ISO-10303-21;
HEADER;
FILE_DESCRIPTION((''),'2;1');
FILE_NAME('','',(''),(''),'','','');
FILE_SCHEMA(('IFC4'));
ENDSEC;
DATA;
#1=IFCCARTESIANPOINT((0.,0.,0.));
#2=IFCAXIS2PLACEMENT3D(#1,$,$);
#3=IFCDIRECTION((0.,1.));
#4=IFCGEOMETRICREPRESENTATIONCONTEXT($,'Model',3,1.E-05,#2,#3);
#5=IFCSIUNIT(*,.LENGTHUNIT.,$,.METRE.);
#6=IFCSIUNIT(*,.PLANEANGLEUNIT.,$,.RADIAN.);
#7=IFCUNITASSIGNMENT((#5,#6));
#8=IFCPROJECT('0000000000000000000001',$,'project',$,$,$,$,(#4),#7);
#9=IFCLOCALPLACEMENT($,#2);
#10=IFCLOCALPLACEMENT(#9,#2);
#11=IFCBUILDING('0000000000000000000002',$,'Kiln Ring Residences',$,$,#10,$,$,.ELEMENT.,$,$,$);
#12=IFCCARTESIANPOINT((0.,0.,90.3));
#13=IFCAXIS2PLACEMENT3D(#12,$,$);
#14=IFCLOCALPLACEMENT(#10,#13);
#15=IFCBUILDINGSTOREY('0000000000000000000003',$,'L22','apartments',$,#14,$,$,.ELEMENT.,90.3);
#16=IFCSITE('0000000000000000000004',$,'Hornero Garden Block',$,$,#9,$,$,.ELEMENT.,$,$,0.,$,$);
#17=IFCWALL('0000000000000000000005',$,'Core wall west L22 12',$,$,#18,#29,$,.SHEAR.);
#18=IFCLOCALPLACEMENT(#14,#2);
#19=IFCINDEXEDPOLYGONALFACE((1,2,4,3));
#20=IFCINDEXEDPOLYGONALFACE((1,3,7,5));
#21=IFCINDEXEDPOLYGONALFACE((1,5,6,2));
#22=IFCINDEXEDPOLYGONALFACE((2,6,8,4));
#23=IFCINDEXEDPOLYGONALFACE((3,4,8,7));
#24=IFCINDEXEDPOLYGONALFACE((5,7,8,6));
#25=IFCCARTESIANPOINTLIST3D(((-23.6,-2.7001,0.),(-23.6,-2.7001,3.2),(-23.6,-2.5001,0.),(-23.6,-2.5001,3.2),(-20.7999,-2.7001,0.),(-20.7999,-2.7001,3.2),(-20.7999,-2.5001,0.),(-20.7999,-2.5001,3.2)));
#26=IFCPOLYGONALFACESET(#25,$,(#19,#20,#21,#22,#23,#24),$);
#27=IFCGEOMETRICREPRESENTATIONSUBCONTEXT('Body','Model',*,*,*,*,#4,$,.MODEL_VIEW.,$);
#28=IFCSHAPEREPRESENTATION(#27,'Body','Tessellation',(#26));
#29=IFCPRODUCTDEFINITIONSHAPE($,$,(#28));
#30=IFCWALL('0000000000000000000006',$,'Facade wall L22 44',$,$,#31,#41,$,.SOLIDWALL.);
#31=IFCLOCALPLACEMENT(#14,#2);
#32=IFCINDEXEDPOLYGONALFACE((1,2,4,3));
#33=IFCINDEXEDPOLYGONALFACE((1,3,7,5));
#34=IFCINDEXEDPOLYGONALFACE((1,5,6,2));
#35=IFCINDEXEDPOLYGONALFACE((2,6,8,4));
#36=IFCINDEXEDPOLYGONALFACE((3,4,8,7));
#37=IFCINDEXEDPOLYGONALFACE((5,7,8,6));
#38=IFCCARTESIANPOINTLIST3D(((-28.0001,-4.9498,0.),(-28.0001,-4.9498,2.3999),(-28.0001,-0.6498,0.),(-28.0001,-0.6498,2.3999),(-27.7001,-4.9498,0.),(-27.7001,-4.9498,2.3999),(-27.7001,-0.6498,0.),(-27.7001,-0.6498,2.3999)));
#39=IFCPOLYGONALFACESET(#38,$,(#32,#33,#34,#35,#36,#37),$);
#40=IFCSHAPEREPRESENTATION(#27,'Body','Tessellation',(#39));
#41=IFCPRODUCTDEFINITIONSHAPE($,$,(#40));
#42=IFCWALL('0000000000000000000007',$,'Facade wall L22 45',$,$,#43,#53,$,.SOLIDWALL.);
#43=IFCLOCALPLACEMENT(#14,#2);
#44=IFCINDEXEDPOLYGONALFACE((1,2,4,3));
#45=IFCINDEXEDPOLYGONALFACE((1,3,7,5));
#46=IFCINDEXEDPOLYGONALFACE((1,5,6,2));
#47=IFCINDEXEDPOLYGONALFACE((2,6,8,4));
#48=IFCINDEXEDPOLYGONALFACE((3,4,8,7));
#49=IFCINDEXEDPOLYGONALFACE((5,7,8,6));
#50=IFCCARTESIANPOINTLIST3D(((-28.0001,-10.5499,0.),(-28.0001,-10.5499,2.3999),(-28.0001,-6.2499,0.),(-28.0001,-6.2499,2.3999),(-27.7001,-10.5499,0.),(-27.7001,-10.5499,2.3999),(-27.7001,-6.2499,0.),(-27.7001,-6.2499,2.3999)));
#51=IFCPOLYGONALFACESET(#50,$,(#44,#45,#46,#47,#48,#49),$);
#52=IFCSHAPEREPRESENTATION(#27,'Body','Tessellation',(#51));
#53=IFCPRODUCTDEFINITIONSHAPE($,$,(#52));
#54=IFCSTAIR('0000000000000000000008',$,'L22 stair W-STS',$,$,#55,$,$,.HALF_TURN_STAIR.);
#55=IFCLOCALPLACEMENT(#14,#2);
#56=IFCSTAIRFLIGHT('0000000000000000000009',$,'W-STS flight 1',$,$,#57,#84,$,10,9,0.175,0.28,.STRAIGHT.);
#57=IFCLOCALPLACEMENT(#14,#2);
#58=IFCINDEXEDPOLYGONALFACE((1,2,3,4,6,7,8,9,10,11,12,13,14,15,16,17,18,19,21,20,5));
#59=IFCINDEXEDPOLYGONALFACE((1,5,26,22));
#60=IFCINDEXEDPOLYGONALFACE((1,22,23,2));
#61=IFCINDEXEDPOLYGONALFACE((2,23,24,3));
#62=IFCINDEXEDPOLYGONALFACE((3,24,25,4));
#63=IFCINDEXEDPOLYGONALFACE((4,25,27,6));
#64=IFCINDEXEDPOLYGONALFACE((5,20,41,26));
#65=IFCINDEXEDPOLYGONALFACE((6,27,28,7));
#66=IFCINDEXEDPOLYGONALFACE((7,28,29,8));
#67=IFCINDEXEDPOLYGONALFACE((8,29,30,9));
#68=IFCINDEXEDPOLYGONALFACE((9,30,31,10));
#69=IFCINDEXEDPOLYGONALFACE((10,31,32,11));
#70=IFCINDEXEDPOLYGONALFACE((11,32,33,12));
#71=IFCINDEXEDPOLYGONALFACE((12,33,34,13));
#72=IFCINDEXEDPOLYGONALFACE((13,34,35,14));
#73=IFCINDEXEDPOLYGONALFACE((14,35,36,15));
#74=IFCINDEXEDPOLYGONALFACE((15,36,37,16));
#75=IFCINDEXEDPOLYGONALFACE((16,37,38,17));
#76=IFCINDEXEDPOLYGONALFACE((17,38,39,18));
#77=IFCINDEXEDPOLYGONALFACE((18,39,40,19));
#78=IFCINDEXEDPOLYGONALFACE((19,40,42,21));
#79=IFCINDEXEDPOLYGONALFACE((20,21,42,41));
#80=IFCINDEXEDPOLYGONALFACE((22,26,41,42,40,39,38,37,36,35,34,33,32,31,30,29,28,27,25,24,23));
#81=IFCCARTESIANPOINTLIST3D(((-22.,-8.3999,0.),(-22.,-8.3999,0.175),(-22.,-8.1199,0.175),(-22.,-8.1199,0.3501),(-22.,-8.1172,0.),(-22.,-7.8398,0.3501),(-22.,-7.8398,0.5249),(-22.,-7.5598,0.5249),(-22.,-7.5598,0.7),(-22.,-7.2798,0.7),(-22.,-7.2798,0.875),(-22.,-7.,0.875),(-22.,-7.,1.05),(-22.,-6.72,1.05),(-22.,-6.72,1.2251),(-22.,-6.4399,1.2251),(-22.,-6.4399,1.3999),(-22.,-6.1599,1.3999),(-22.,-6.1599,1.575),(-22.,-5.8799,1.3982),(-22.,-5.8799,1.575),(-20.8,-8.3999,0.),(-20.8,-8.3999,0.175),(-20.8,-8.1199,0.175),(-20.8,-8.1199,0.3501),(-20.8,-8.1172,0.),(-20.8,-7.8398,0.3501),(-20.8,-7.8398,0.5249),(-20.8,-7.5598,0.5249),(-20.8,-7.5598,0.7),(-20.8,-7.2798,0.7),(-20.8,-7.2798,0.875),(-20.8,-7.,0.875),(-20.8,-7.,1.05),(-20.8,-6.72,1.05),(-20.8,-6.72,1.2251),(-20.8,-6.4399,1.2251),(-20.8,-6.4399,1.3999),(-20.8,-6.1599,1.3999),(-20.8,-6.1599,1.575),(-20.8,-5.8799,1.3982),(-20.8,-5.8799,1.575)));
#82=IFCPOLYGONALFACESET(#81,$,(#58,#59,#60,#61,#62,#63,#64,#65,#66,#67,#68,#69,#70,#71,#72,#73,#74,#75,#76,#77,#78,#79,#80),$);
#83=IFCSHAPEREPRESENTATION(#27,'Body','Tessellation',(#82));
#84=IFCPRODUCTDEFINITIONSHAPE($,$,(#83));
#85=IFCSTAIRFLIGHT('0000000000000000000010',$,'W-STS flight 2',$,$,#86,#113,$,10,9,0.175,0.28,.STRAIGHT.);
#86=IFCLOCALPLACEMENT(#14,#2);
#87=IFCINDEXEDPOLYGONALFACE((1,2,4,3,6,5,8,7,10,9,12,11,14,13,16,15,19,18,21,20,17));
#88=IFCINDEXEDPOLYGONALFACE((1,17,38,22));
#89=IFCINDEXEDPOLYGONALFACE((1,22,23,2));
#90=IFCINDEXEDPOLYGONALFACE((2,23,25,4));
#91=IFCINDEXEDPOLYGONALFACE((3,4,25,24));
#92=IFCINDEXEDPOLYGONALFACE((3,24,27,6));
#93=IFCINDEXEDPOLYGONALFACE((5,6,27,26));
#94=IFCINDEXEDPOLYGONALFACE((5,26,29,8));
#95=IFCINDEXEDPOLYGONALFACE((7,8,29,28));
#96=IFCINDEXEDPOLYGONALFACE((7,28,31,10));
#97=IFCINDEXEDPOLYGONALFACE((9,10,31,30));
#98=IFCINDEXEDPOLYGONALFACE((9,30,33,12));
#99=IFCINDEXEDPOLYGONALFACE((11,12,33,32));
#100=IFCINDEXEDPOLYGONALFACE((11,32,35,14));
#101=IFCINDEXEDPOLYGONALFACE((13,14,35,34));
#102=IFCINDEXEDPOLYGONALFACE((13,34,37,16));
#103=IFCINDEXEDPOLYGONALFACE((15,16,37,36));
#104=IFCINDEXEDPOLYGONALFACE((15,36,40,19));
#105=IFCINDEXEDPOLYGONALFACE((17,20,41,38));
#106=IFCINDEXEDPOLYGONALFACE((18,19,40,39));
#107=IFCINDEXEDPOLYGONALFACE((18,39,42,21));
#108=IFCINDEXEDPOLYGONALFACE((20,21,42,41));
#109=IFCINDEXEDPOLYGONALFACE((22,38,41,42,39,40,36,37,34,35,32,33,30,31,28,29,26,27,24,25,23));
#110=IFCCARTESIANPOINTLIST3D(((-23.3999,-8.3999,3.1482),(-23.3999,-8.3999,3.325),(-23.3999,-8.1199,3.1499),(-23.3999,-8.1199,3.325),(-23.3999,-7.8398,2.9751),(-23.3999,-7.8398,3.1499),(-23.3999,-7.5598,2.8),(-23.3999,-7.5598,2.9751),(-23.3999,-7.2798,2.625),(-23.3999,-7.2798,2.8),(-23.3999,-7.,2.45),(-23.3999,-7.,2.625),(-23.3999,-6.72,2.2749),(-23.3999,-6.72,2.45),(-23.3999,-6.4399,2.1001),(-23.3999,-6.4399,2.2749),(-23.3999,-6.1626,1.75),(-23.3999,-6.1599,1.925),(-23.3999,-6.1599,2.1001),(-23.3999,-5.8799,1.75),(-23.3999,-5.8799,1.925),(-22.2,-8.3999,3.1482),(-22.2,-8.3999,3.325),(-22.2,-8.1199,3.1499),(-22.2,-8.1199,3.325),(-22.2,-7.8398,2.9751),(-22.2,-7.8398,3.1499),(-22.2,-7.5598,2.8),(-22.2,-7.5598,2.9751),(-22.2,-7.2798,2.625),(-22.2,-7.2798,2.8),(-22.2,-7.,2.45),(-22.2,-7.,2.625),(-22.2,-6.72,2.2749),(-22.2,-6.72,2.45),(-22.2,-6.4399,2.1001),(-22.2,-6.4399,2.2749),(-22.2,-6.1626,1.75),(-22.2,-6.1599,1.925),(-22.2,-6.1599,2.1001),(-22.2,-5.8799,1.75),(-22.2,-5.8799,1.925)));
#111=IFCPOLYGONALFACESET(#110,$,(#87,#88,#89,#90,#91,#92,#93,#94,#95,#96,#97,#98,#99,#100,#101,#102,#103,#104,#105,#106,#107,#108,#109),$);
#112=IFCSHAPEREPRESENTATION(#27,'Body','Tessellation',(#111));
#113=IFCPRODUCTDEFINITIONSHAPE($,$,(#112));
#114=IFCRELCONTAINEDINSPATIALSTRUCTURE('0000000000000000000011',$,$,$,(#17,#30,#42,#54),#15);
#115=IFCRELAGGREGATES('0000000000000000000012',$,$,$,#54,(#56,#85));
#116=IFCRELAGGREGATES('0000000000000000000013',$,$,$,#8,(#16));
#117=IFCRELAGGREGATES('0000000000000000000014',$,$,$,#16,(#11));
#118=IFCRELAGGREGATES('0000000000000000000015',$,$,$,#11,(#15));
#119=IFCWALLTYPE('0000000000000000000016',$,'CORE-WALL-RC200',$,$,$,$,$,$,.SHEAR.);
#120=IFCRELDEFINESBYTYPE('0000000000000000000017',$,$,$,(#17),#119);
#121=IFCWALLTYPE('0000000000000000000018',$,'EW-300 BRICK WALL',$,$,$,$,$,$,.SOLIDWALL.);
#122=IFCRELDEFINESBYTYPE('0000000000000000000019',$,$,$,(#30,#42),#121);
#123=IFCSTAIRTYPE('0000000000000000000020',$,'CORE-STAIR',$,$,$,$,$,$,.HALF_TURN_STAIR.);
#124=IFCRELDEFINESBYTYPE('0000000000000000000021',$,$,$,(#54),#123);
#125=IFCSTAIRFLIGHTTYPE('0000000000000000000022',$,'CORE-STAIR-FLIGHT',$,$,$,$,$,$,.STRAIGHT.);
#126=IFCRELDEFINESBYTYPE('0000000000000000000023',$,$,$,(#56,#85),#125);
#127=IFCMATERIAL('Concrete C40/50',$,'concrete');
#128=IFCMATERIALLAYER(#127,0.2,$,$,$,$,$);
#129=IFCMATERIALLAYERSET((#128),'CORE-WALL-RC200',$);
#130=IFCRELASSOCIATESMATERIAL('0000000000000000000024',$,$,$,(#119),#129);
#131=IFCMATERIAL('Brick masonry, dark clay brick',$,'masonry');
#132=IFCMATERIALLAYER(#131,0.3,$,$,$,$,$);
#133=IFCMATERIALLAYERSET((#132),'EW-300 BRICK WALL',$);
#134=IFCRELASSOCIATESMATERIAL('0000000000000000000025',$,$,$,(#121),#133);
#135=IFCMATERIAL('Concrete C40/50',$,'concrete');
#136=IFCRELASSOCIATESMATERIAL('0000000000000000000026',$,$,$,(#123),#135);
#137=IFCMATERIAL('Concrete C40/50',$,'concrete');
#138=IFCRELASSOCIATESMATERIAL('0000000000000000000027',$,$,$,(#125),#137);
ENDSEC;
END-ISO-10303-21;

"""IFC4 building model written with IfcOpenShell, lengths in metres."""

from ifc_helpers import new_model, si_unit, direction, frame, frame_2d, origin, place, context, subcontext, project, spatial, polyline, rectangle, outline, extrude, material, layer, layer_set, type_object, element, aggregate, save


model = new_model("IFC4")

# Units and contexts
model_context = context("Model", 3, precision=1e-05, world=origin(), true_north=direction((0.0, 1.0)))
body_context = subcontext(model_context, "Body", "Model", "MODEL_VIEW")
ifc_project = project(units=[si_unit("LENGTHUNIT", "METRE"), si_unit("PLANEANGLEUNIT", "RADIAN")], contexts=[model_context])

# Site, building, storey
site_placement = place(None, origin())
site = spatial("IfcSite", under=ifc_project, at=site_placement, Name="Hornero Garden Block", CompositionType="ELEMENT", RefElevation=0.0)
building_placement = place(site_placement, origin())
building = spatial("IfcBuilding", under=site, at=building_placement, Name="Kiln Ring Residences", CompositionType="ELEMENT")
storey_placement = place(building_placement, frame((0.0, 0.0, 90.3)))
storey = spatial("IfcBuildingStorey", under=building, at=storey_placement, Name="L22", Description="apartments", CompositionType="ELEMENT", Elevation=90.3)

# Walls
ifc_material_1 = material(Name="Concrete C40/50", Category="concrete")
ifc_layer_1 = layer(ifc_material_1, 0.2)
ifc_layer_set_1 = layer_set([ifc_layer_1], Name="CORE-WALL-RC200")
wall_type_1 = type_object("IfcWallType", Name="CORE-WALL-RC200", PredefinedType="SHEAR", material=ifc_layer_set_1)
wall_1_placement = place(storey_placement, frame((-20.8, -2.6001, 0.0), z_axis=(0.0, 0.0, 1.0), x_axis=(-1.0, 0.0, 0.0)))
element("IfcWall", 1, at=wall_1_placement, inside=storey, type_object=wall_type_1, Name="Core wall west L22 12", PredefinedType="SHEAR", context=body_context, shape_type="SweptSolid", body=[
    extrude(rectangle(XDim=2.8, YDim=0.2, at=frame_2d((1.3999, 0.0))), origin(), (0.0, 0.0, 1.0), 3.2),
])
ifc_material_2 = material(Name="Brick masonry, dark clay brick", Category="masonry")
ifc_layer_2 = layer(ifc_material_2, 0.3)
ifc_layer_set_2 = layer_set([ifc_layer_2], Name="EW-300 BRICK WALL")
wall_type_2 = type_object("IfcWallType", Name="EW-300 BRICK WALL", PredefinedType="SOLIDWALL", material=ifc_layer_set_2)
for number, where, z_axis, x_axis, name in (
    (2, (-27.8501, -0.6499, 0.0), (0.0, 0.0, 1.0), (0.0, -1.0, 0.0), "Facade wall L22 44"),
    (3, (-27.8501, -6.25, 0.0), (0.0, 0.0, 1.0), (0.0, -1.0, 0.0), "Facade wall L22 45"),
):
    element("IfcWall", number, at=place(storey_placement, frame(where, z_axis=z_axis, x_axis=x_axis)), inside=storey, type_object=wall_type_2, Name=name, PredefinedType="SOLIDWALL", context=body_context, shape_type="SweptSolid", body=[
        extrude(rectangle(XDim=4.3, YDim=0.3, at=frame_2d((2.1499, 0.0))), origin(), (0.0, 0.0, 1.0), 2.3999),
    ])

# Stair, stair flights
ifc_material_3 = material(Name="Concrete C40/50", Category="concrete")
stair_type = type_object("IfcStairType", Name="CORE-STAIR", PredefinedType="HALF_TURN_STAIR", material=ifc_material_3)
stair_placement = place(storey_placement, origin())
stair = element("IfcStair", 4, at=stair_placement, inside=storey, type_object=stair_type, Name="L22 stair W-STS", PredefinedType="HALF_TURN_STAIR")
ifc_material_4 = material(Name="Concrete C40/50", Category="concrete")
stair_flight_type = type_object("IfcStairFlightType", Name="CORE-STAIR-FLIGHT", PredefinedType="STRAIGHT", material=ifc_material_4)
stair_flight_1_placement = place(storey_placement, frame((-21.3999, -8.3999, 0.0), z_axis=(0.0, 0.0, 1.0), x_axis=(0.0, 1.0, 0.0)))
stair_flight_1 = element("IfcStairFlight", 5, at=stair_flight_1_placement, type_object=stair_flight_type, Name="W-STS flight 1", NumberOfRisers=10, NumberOfTreads=9, PredefinedType="STRAIGHT", RiserHeight=0.175, TreadLength=0.28, context=body_context, shape_type="SweptSolid", body=[
    extrude(outline(polyline([(0.0, 0.0), (0.0, 0.175), (0.28, 0.175), (0.28, 0.3501), (0.5601, 0.3501), (0.5601, 0.5249), (0.8401, 0.5249), (0.8401, 0.7), (1.1201, 0.7), (1.1201, 0.875), (1.3999, 0.875), (1.3999, 1.05), (1.6799, 1.05), (1.6799, 1.2251), (1.96, 1.2251), (1.96, 1.3999), (2.24, 1.3999), (2.24, 1.575), (2.52, 1.575), (2.52, 1.75), (2.52, 1.3982), (0.2827, 0.0), (0.0, 0.0)])), frame((0.0, 0.6001, 0.0), z_axis=(0.0, -1.0, 0.0), x_axis=(1.0, 0.0, 0.0)), (0.0, 0.0, 1.0), 1.2),
])
stair_flight_2_placement = place(storey_placement, frame((-22.8, -5.8799, 1.75), z_axis=(0.0, 0.0, 1.0), x_axis=(0.0, -1.0, 0.0)))
stair_flight_2 = element("IfcStairFlight", 6, at=stair_flight_2_placement, type_object=stair_flight_type, Name="W-STS flight 2", NumberOfRisers=10, NumberOfTreads=9, PredefinedType="STRAIGHT", RiserHeight=0.175, TreadLength=0.28, context=body_context, shape_type="SweptSolid", body=[
    extrude(outline(polyline([(0.0, 0.0), (0.0, 0.175), (0.28, 0.175), (0.28, 0.3501), (0.5601, 0.3501), (0.5601, 0.5249), (0.8401, 0.5249), (0.8401, 0.7), (1.1201, 0.7), (1.1201, 0.875), (1.3999, 0.875), (1.3999, 1.05), (1.6799, 1.05), (1.6799, 1.2251), (1.96, 1.2251), (1.96, 1.3999), (2.24, 1.3999), (2.24, 1.575), (2.52, 1.575), (2.52, 1.75), (2.52, 1.3982), (0.2827, 0.0), (0.0, 0.0)])), frame((0.0, 0.6001, 0.0), z_axis=(0.0, -1.0, 0.0), x_axis=(1.0, 0.0, 0.0)), (0.0, 0.0, 1.0), 1.2),
])
aggregate(stair, [stair_flight_1, stair_flight_2])

save(model, "model.ifc")
